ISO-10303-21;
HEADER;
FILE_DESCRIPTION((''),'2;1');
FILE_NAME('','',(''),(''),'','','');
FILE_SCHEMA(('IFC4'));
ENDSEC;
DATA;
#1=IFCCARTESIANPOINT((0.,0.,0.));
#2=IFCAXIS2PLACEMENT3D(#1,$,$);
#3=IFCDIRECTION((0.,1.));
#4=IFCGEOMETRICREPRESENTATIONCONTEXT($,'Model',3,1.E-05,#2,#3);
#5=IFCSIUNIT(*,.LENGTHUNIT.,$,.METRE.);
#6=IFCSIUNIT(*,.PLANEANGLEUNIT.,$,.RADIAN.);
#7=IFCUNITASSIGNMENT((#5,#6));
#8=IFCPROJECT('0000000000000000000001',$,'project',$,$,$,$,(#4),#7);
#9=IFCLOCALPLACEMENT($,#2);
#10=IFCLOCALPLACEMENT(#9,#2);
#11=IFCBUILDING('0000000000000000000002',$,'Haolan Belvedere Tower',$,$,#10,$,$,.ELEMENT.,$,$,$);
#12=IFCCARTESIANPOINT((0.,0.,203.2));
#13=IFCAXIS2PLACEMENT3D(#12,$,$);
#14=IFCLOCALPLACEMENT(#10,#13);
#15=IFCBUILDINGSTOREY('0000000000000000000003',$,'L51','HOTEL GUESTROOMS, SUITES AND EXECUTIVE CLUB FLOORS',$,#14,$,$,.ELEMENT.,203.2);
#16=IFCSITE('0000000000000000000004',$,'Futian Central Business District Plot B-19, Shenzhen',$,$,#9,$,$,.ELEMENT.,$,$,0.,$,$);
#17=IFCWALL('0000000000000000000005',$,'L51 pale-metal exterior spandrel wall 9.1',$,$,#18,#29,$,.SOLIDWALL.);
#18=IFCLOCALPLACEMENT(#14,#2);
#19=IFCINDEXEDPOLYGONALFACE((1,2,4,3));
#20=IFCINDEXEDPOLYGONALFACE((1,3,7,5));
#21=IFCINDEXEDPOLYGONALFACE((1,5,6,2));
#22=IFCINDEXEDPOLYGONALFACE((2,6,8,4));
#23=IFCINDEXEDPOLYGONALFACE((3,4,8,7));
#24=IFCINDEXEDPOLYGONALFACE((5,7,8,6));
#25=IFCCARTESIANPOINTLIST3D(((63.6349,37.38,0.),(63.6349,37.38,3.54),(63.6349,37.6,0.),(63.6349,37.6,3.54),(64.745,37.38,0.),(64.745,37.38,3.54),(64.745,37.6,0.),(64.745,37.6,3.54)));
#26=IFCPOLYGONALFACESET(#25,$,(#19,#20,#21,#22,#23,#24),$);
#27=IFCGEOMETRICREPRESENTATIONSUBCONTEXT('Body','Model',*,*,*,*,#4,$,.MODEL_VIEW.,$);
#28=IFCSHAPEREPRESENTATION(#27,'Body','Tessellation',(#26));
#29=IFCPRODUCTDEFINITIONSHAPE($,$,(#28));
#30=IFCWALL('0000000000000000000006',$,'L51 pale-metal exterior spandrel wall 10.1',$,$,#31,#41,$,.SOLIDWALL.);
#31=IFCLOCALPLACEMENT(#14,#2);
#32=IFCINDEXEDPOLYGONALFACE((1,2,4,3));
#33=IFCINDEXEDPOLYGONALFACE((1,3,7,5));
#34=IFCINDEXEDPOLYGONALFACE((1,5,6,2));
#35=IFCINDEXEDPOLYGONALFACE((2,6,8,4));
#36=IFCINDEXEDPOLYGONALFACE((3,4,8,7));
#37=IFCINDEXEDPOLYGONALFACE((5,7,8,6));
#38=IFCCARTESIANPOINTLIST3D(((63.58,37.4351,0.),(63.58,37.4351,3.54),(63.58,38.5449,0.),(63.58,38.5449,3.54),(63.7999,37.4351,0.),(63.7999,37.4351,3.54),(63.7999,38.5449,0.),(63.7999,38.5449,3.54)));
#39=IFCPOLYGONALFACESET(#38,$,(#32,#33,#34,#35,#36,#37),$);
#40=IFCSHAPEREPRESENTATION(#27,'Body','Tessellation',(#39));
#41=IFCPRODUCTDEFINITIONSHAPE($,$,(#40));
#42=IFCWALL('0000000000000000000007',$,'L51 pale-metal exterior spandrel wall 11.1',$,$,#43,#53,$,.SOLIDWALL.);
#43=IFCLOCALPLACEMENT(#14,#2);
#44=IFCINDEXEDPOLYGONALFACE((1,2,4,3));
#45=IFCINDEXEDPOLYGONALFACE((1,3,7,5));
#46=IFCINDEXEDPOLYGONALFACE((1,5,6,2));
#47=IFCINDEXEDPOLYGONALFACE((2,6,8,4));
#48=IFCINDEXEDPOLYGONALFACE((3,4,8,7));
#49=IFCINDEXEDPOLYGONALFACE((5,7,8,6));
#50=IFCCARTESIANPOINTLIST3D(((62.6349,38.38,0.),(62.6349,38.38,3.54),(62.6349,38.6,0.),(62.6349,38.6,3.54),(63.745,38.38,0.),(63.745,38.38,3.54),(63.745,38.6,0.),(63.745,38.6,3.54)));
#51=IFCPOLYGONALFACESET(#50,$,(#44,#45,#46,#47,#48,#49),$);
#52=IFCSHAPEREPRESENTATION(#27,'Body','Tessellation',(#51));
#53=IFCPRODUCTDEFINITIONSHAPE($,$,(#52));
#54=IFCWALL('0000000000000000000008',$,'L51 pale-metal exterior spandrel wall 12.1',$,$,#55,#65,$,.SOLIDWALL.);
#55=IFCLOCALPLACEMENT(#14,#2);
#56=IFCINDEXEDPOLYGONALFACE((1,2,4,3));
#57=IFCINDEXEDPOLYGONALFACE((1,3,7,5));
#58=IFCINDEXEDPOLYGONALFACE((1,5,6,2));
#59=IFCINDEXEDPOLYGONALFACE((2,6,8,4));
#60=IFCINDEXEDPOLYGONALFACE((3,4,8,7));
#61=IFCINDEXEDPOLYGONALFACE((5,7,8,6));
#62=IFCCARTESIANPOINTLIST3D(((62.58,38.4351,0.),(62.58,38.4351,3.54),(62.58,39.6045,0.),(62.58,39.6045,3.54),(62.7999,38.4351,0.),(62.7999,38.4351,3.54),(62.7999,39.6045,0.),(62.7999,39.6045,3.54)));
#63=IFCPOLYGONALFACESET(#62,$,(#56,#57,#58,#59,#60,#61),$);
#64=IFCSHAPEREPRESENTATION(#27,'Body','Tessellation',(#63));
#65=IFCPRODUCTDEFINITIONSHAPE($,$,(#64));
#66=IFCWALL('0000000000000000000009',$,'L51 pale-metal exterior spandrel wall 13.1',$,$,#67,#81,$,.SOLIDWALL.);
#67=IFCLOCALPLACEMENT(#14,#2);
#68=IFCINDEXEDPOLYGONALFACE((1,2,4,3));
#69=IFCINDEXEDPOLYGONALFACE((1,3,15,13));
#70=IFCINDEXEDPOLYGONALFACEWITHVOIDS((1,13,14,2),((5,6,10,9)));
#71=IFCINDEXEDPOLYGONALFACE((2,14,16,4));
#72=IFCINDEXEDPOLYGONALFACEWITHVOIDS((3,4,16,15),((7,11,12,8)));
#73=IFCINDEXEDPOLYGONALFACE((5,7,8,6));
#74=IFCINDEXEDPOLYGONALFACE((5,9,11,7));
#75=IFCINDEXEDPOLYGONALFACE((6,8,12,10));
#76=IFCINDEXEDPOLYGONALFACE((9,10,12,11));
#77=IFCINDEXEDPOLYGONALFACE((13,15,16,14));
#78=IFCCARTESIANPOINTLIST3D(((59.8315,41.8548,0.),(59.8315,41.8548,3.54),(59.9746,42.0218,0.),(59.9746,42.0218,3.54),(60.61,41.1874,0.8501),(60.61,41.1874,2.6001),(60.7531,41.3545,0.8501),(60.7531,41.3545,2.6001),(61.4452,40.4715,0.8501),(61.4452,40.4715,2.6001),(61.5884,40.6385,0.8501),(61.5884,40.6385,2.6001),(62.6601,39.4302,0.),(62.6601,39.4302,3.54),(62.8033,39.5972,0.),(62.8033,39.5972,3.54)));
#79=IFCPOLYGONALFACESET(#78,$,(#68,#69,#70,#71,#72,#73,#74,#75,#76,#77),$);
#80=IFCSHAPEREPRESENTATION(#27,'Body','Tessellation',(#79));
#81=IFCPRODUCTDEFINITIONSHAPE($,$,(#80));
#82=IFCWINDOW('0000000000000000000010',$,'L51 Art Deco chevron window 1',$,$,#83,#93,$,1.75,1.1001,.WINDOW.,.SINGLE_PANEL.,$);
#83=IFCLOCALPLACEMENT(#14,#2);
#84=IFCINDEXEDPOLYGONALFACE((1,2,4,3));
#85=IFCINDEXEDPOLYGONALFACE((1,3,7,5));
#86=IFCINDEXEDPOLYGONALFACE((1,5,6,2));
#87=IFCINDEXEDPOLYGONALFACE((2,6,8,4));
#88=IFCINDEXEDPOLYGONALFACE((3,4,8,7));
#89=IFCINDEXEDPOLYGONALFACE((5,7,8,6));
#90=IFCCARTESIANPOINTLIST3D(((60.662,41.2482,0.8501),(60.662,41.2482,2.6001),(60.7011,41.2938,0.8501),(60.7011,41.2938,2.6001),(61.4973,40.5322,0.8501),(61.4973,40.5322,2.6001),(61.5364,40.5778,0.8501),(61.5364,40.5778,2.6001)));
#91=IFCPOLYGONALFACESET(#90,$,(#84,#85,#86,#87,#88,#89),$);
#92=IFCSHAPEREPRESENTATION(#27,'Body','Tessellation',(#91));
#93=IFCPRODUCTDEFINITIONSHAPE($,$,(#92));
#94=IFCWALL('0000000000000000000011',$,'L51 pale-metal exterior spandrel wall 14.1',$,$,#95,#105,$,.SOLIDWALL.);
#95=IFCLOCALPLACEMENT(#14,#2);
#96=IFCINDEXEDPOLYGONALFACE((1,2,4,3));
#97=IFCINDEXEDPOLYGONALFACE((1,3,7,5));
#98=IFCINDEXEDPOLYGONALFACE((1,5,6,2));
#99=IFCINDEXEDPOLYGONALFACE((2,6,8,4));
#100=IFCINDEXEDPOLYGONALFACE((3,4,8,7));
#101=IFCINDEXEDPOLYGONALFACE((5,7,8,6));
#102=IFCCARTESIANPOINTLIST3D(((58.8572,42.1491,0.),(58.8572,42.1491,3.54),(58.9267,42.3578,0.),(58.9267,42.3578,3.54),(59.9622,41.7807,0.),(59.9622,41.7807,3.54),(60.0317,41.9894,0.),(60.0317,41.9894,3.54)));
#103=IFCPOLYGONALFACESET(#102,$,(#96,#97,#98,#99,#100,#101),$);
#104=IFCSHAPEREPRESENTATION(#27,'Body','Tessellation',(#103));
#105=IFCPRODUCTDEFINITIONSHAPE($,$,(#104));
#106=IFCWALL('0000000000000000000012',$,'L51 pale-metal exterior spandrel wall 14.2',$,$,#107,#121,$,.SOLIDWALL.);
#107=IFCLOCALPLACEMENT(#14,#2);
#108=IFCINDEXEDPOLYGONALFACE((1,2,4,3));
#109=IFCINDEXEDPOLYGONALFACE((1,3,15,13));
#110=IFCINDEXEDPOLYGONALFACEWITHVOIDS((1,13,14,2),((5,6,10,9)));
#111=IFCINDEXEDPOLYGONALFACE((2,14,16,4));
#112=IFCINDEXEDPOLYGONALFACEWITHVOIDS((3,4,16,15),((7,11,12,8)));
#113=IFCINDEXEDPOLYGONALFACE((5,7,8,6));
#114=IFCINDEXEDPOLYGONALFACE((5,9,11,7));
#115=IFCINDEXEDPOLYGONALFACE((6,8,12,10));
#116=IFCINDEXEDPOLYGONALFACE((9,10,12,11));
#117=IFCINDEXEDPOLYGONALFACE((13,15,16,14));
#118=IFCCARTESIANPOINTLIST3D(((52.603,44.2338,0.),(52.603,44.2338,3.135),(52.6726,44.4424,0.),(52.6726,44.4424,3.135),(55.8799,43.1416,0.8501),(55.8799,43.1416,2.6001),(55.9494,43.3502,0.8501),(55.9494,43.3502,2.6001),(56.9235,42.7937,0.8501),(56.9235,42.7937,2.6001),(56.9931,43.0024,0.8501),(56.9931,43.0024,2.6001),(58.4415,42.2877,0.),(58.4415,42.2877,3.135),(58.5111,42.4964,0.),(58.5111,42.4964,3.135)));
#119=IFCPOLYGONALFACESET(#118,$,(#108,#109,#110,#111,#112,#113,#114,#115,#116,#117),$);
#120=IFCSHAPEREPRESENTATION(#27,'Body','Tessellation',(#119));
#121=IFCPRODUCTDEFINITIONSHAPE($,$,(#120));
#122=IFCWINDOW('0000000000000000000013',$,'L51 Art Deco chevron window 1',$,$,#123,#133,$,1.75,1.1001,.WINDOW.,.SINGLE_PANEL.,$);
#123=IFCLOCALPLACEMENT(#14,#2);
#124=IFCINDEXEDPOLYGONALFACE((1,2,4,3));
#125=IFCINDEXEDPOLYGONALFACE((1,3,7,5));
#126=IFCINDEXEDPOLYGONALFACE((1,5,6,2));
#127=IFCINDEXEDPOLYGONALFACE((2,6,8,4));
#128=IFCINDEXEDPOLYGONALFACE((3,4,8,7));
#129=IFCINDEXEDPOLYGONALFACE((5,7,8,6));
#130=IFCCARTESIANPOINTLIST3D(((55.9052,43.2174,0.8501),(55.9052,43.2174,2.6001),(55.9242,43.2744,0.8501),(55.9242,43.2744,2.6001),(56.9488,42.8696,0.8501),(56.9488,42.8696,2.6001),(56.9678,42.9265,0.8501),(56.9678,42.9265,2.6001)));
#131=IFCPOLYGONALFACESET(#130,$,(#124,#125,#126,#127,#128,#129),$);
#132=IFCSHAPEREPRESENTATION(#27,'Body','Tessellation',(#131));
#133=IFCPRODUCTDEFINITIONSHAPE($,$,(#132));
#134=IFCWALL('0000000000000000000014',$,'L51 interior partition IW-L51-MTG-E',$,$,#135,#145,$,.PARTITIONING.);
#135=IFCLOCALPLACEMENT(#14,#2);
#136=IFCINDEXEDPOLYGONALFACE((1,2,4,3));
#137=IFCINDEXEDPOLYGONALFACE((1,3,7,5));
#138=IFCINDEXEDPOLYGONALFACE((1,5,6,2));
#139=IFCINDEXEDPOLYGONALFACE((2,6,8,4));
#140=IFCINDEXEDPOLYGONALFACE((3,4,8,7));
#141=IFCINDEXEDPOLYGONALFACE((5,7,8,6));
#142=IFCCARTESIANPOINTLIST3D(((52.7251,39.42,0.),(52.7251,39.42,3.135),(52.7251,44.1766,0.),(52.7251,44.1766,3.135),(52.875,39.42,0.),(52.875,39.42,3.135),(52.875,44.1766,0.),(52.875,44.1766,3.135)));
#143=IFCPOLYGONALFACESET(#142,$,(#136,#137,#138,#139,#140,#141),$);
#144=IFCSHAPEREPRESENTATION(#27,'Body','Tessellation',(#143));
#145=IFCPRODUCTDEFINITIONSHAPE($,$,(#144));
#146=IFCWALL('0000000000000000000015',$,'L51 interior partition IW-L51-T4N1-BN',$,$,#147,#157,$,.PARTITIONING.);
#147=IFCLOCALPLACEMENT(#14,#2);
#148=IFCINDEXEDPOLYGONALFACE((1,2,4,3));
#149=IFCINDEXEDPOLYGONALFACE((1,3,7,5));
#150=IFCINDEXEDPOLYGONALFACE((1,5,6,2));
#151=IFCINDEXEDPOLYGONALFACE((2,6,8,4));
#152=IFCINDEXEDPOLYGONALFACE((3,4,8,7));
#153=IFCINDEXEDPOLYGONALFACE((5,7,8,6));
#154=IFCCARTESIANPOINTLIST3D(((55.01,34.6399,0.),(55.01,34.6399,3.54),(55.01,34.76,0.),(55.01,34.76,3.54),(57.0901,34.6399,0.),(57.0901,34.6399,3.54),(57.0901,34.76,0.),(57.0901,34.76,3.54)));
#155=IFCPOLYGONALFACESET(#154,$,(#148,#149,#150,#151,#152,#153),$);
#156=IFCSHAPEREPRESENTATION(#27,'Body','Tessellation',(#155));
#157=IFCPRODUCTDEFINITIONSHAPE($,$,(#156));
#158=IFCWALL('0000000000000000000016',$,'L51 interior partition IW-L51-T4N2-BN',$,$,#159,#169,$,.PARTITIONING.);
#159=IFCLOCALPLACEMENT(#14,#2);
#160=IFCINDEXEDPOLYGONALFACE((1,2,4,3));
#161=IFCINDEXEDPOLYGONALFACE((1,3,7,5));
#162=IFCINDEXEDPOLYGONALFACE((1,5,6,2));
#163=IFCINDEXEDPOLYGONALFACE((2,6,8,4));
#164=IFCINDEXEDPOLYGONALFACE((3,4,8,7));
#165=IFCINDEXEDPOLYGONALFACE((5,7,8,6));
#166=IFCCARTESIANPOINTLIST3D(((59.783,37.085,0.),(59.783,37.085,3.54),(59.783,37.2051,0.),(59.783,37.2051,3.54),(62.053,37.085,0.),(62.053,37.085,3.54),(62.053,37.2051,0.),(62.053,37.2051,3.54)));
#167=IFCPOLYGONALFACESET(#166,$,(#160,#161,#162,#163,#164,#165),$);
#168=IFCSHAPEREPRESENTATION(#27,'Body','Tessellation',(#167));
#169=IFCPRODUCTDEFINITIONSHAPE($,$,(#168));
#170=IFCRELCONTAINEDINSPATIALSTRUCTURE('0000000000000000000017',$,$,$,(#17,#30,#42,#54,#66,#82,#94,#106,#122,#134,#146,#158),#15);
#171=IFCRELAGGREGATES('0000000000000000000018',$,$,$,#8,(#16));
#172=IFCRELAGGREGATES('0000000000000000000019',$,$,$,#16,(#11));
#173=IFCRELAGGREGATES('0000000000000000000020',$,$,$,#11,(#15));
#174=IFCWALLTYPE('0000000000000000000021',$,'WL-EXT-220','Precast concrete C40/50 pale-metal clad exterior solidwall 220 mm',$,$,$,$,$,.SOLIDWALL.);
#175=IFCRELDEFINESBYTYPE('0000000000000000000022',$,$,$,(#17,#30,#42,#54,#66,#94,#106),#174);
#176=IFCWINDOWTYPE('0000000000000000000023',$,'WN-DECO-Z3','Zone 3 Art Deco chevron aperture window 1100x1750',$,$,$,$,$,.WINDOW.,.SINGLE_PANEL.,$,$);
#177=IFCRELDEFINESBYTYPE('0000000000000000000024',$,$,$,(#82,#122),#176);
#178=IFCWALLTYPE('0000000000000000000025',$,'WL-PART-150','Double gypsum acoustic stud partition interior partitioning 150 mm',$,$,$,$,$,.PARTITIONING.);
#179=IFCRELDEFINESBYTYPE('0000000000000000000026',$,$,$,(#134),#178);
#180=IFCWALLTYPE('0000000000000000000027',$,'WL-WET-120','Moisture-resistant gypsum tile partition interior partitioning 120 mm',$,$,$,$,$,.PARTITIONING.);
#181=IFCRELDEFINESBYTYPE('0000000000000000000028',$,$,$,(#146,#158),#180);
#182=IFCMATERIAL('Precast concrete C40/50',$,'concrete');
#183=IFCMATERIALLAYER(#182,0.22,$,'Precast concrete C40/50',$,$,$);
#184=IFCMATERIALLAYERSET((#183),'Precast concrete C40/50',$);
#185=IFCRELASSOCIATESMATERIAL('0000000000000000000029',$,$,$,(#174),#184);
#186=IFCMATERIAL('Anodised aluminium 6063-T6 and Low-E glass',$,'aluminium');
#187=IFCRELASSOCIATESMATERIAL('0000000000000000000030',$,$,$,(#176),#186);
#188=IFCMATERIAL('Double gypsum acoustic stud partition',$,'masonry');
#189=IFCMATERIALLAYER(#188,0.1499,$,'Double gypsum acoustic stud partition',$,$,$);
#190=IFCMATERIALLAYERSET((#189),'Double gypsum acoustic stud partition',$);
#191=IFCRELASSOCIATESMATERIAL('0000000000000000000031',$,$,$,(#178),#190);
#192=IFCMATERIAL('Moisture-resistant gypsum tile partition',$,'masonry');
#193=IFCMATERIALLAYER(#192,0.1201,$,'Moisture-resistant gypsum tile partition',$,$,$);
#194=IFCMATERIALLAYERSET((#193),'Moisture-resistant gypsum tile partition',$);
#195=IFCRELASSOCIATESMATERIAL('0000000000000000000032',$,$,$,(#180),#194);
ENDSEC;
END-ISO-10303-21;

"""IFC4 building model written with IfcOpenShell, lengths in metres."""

from ifc_helpers import new_model, si_unit, direction, frame, frame_2d, origin, place, context, subcontext, project, spatial, rectangle, extrude, material, layer, layer_set, type_object, element, fill, save


model = new_model("IFC4")

# Units and contexts
model_context = context("Model", 3, precision=1e-05, world=origin(), true_north=direction((0.0, 1.0)))
body_context = subcontext(model_context, "Body", "Model", "MODEL_VIEW")
ifc_project = project(units=[si_unit("LENGTHUNIT", "METRE"), si_unit("PLANEANGLEUNIT", "RADIAN")], contexts=[model_context])

# Site, building, storey
site_placement = place(None, origin())
site = spatial("IfcSite", under=ifc_project, at=site_placement, Name="Futian Central Business District Plot B-19, Shenzhen", CompositionType="ELEMENT", RefElevation=0.0)
building_placement = place(site_placement, origin())
building = spatial("IfcBuilding", under=site, at=building_placement, Name="Haolan Belvedere Tower", CompositionType="ELEMENT")
storey_placement = place(building_placement, frame((0.0, 0.0, 203.2)))
storey = spatial("IfcBuildingStorey", under=building, at=storey_placement, Name="L51", Description="HOTEL GUESTROOMS, SUITES AND EXECUTIVE CLUB FLOORS", CompositionType="ELEMENT", Elevation=203.2)

# Walls
ifc_material_1 = material(Name="Precast concrete C40/50", Category="concrete")
ifc_layer_1 = layer(ifc_material_1, 0.22, Name="Precast concrete C40/50")
ifc_layer_set_1 = layer_set([ifc_layer_1], Name="Precast concrete C40/50")
wall_type_1 = type_object("IfcWallType", Name="WL-EXT-220", Description="Precast concrete C40/50 pale-metal clad exterior solidwall 220 mm", PredefinedType="SOLIDWALL", material=ifc_layer_set_1)
wall_1_placement = place(storey_placement, frame((64.7451, 37.49, 0.0), z_axis=(0.0, 0.0, 1.0), x_axis=(-1.0, 0.0, 0.0)))
element("IfcWall", 1, at=wall_1_placement, inside=storey, type_object=wall_type_1, Name="L51 pale-metal exterior spandrel wall 9.1", PredefinedType="SOLIDWALL", context=body_context, shape_type="SweptSolid", body=[
    extrude(rectangle(XDim=1.1101, YDim=0.22, at=frame_2d((0.5552, 0.0))), origin(), (0.0, 0.0, 1.0), 3.54),
])
wall_2_placement = place(storey_placement, frame((63.6899, 37.4351, 0.0), z_axis=(0.0, 0.0, 1.0), x_axis=(0.0, 1.0, 0.0)))
element("IfcWall", 2, at=wall_2_placement, inside=storey, type_object=wall_type_1, Name="L51 pale-metal exterior spandrel wall 10.1", PredefinedType="SOLIDWALL", context=body_context, shape_type="SweptSolid", body=[
    extrude(rectangle(XDim=1.1099, YDim=0.22, at=frame_2d((0.5549, 0.0))), origin(), (0.0, 0.0, 1.0), 3.54),
])
wall_3_placement = place(storey_placement, frame((63.7451, 38.49, 0.0), z_axis=(0.0, 0.0, 1.0), x_axis=(-1.0, 0.0, 0.0)))
element("IfcWall", 3, at=wall_3_placement, inside=storey, type_object=wall_type_1, Name="L51 pale-metal exterior spandrel wall 11.1", PredefinedType="SOLIDWALL", context=body_context, shape_type="SweptSolid", body=[
    extrude(rectangle(XDim=1.1101, YDim=0.22, at=frame_2d((0.5552, 0.0))), origin(), (0.0, 0.0, 1.0), 3.54),
])
wall_4_placement = place(storey_placement, frame((62.6899, 38.4351, 0.0), z_axis=(0.0, 0.0, 1.0), x_axis=(0.0, 1.0, 0.0)))
element("IfcWall", 4, at=wall_4_placement, inside=storey, type_object=wall_type_1, Name="L51 pale-metal exterior spandrel wall 12.1", PredefinedType="SOLIDWALL", context=body_context, shape_type="SweptSolid", body=[
    extrude(rectangle(XDim=1.1694, YDim=0.22, at=frame_2d((0.5847, 0.0))), origin(), (0.0, 0.0, 1.0), 3.54),
])

# Wall, opening, window
wall_5_placement = place(storey_placement, frame((62.7317, 39.5137, 0.0), z_axis=(0.0, 0.0, 1.0), x_axis=(-0.759252, 0.650797, 0.0)))
wall_5 = element("IfcWall", 5, at=wall_5_placement, inside=storey, type_object=wall_type_1, Name="L51 pale-metal exterior spandrel wall 13.1", PredefinedType="SOLIDWALL", context=body_context, shape_type="SweptSolid", body=[
    extrude(rectangle(XDim=3.7256, YDim=0.22, at=frame_2d((1.8628, 0.0))), origin(), (0.0, 0.0, 1.0), 3.54),
])
opening_1_placement = place(wall_5_placement, frame((1.6001, 0.0, 0.8501)))
opening_1 = element("IfcOpeningElement", 6, at=opening_1_placement, cuts=wall_5, PredefinedType="OPENING", context=body_context, shape_type="SweptSolid", body=[
    extrude(rectangle(XDim=1.1001, YDim=1.75, at=frame_2d((0.55, 0.875))), frame((0.0, 0.1199, 0.0), z_axis=(0.0, -1.0, 0.0), x_axis=(1.0, 0.0, 0.0)), (0.0, 0.0, 1.0), 0.24),
])
ifc_material_2 = material(Name="Anodised aluminium 6063-T6 and Low-E glass", Category="aluminium")
window_type = type_object("IfcWindowType", Name="WN-DECO-Z3", Description="Zone 3 Art Deco chevron aperture window 1100x1750", PartitioningType="SINGLE_PANEL", PredefinedType="WINDOW", material=ifc_material_2)
window_1_placement = place(opening_1_placement, origin())
window_1 = element("IfcWindow", 7, at=window_1_placement, inside=storey, type_object=window_type, Name="L51 Art Deco chevron window 1", OverallHeight=1.75, OverallWidth=1.1001, PartitioningType="SINGLE_PANEL", PredefinedType="WINDOW", context=body_context, shape_type="SweptSolid", body=[
    extrude(rectangle(XDim=1.1001, YDim=1.75, at=frame_2d((0.55, 0.875))), frame((0.0, 0.03, 0.0), z_axis=(0.0, -1.0, 0.0), x_axis=(1.0, 0.0, 0.0)), (0.0, 0.0, 1.0), 0.0601),
])
fill(opening_1, window_1)

# Wall
wall_6_placement = place(storey_placement, frame((59.9971, 41.885, 0.0), z_axis=(0.0, 0.0, 1.0), x_axis=(-0.948662, 0.316291, 0.0)))
element("IfcWall", 8, at=wall_6_placement, inside=storey, type_object=wall_type_1, Name="L51 pale-metal exterior spandrel wall 14.1", PredefinedType="SOLIDWALL", context=body_context, shape_type="SweptSolid", body=[
    extrude(rectangle(XDim=1.1648, YDim=0.22, at=frame_2d((0.5825, 0.0))), origin(), (0.0, 0.0, 1.0), 3.54),
])

# Wall, opening, window
wall_7_placement = place(storey_placement, frame((58.4763, 42.3921, 0.0), z_axis=(0.0, 0.0, 1.0), x_axis=(-0.948691, 0.316204, 0.0)))
wall_7 = element("IfcWall", 9, at=wall_7_placement, inside=storey, type_object=wall_type_1, Name="L51 pale-metal exterior spandrel wall 14.2", PredefinedType="SOLIDWALL", context=body_context, shape_type="SweptSolid", body=[
    extrude(rectangle(XDim=6.1543, YDim=0.22, at=frame_2d((3.0771, 0.0))), origin(), (0.0, 0.0, 1.0), 3.135),
])
opening_2_placement = place(wall_7_placement, frame((1.6001, 0.0, 0.8501)))
opening_2 = element("IfcOpeningElement", 10, at=opening_2_placement, cuts=wall_7, PredefinedType="OPENING", context=body_context, shape_type="SweptSolid", body=[
    extrude(rectangle(XDim=1.1001, YDim=1.75, at=frame_2d((0.55, 0.875))), frame((0.0, 0.1199, 0.0), z_axis=(0.0, -1.0, 0.0), x_axis=(1.0, 0.0, 0.0)), (0.0, 0.0, 1.0), 0.24),
])
window_2_placement = place(opening_2_placement, origin())
window_2 = element("IfcWindow", 11, at=window_2_placement, inside=storey, type_object=window_type, Name="L51 Art Deco chevron window 1", OverallHeight=1.75, OverallWidth=1.1001, PartitioningType="SINGLE_PANEL", PredefinedType="WINDOW", context=body_context, shape_type="SweptSolid", body=[
    extrude(rectangle(XDim=1.1001, YDim=1.75, at=frame_2d((0.55, 0.875))), frame((0.0, 0.03, 0.0), z_axis=(0.0, -1.0, 0.0), x_axis=(1.0, 0.0, 0.0)), (0.0, 0.0, 1.0), 0.0601),
])
fill(opening_2, window_2)

# Walls
ifc_material_3 = material(Name="Double gypsum acoustic stud partition", Category="masonry")
ifc_layer_2 = layer(ifc_material_3, 0.1499, Name="Double gypsum acoustic stud partition")
ifc_layer_set_2 = layer_set([ifc_layer_2], Name="Double gypsum acoustic stud partition")
wall_type_2 = type_object("IfcWallType", Name="WL-PART-150", Description="Double gypsum acoustic stud partition interior partitioning 150 mm", PredefinedType="PARTITIONING", material=ifc_layer_set_2)
wall_8_placement = place(storey_placement, frame((52.8, 39.4199, 0.0), z_axis=(0.0, 0.0, 1.0), x_axis=(0.0, 1.0, 0.0)))
element("IfcWall", 12, at=wall_8_placement, inside=storey, type_object=wall_type_2, Name="L51 interior partition IW-L51-MTG-E", PredefinedType="PARTITIONING", context=body_context, shape_type="SweptSolid", body=[
    extrude(rectangle(XDim=4.7566, YDim=0.1499, at=frame_2d((2.3784, 0.0))), origin(), (0.0, 0.0, 1.0), 3.135),
])
ifc_material_4 = material(Name="Moisture-resistant gypsum tile partition", Category="masonry")
ifc_layer_3 = layer(ifc_material_4, 0.1201, Name="Moisture-resistant gypsum tile partition")
ifc_layer_set_3 = layer_set([ifc_layer_3], Name="Moisture-resistant gypsum tile partition")
wall_type_3 = type_object("IfcWallType", Name="WL-WET-120", Description="Moisture-resistant gypsum tile partition interior partitioning 120 mm", PredefinedType="PARTITIONING", material=ifc_layer_set_3)
wall_9_placement = place(storey_placement, frame((55.01, 34.7, 0.0), z_axis=(0.0, 0.0, 1.0), x_axis=(1.0, 0.0, 0.0)))
element("IfcWall", 13, at=wall_9_placement, inside=storey, type_object=wall_type_3, Name="L51 interior partition IW-L51-T4N1-BN", PredefinedType="PARTITIONING", context=body_context, shape_type="SweptSolid", body=[
    extrude(rectangle(XDim=2.0801, YDim=0.1201, at=frame_2d((1.04, 0.0))), origin(), (0.0, 0.0, 1.0), 3.54),
])
wall_10_placement = place(storey_placement, frame((59.783, 37.145, 0.0), z_axis=(0.0, 0.0, 1.0), x_axis=(1.0, 0.0, 0.0)))
element("IfcWall", 14, at=wall_10_placement, inside=storey, type_object=wall_type_3, Name="L51 interior partition IW-L51-T4N2-BN", PredefinedType="PARTITIONING", context=body_context, shape_type="SweptSolid", body=[
    extrude(rectangle(XDim=2.27, YDim=0.1201, at=frame_2d((1.135, 0.0))), origin(), (0.0, 0.0, 1.0), 3.54),
])

save(model, "model.ifc")
